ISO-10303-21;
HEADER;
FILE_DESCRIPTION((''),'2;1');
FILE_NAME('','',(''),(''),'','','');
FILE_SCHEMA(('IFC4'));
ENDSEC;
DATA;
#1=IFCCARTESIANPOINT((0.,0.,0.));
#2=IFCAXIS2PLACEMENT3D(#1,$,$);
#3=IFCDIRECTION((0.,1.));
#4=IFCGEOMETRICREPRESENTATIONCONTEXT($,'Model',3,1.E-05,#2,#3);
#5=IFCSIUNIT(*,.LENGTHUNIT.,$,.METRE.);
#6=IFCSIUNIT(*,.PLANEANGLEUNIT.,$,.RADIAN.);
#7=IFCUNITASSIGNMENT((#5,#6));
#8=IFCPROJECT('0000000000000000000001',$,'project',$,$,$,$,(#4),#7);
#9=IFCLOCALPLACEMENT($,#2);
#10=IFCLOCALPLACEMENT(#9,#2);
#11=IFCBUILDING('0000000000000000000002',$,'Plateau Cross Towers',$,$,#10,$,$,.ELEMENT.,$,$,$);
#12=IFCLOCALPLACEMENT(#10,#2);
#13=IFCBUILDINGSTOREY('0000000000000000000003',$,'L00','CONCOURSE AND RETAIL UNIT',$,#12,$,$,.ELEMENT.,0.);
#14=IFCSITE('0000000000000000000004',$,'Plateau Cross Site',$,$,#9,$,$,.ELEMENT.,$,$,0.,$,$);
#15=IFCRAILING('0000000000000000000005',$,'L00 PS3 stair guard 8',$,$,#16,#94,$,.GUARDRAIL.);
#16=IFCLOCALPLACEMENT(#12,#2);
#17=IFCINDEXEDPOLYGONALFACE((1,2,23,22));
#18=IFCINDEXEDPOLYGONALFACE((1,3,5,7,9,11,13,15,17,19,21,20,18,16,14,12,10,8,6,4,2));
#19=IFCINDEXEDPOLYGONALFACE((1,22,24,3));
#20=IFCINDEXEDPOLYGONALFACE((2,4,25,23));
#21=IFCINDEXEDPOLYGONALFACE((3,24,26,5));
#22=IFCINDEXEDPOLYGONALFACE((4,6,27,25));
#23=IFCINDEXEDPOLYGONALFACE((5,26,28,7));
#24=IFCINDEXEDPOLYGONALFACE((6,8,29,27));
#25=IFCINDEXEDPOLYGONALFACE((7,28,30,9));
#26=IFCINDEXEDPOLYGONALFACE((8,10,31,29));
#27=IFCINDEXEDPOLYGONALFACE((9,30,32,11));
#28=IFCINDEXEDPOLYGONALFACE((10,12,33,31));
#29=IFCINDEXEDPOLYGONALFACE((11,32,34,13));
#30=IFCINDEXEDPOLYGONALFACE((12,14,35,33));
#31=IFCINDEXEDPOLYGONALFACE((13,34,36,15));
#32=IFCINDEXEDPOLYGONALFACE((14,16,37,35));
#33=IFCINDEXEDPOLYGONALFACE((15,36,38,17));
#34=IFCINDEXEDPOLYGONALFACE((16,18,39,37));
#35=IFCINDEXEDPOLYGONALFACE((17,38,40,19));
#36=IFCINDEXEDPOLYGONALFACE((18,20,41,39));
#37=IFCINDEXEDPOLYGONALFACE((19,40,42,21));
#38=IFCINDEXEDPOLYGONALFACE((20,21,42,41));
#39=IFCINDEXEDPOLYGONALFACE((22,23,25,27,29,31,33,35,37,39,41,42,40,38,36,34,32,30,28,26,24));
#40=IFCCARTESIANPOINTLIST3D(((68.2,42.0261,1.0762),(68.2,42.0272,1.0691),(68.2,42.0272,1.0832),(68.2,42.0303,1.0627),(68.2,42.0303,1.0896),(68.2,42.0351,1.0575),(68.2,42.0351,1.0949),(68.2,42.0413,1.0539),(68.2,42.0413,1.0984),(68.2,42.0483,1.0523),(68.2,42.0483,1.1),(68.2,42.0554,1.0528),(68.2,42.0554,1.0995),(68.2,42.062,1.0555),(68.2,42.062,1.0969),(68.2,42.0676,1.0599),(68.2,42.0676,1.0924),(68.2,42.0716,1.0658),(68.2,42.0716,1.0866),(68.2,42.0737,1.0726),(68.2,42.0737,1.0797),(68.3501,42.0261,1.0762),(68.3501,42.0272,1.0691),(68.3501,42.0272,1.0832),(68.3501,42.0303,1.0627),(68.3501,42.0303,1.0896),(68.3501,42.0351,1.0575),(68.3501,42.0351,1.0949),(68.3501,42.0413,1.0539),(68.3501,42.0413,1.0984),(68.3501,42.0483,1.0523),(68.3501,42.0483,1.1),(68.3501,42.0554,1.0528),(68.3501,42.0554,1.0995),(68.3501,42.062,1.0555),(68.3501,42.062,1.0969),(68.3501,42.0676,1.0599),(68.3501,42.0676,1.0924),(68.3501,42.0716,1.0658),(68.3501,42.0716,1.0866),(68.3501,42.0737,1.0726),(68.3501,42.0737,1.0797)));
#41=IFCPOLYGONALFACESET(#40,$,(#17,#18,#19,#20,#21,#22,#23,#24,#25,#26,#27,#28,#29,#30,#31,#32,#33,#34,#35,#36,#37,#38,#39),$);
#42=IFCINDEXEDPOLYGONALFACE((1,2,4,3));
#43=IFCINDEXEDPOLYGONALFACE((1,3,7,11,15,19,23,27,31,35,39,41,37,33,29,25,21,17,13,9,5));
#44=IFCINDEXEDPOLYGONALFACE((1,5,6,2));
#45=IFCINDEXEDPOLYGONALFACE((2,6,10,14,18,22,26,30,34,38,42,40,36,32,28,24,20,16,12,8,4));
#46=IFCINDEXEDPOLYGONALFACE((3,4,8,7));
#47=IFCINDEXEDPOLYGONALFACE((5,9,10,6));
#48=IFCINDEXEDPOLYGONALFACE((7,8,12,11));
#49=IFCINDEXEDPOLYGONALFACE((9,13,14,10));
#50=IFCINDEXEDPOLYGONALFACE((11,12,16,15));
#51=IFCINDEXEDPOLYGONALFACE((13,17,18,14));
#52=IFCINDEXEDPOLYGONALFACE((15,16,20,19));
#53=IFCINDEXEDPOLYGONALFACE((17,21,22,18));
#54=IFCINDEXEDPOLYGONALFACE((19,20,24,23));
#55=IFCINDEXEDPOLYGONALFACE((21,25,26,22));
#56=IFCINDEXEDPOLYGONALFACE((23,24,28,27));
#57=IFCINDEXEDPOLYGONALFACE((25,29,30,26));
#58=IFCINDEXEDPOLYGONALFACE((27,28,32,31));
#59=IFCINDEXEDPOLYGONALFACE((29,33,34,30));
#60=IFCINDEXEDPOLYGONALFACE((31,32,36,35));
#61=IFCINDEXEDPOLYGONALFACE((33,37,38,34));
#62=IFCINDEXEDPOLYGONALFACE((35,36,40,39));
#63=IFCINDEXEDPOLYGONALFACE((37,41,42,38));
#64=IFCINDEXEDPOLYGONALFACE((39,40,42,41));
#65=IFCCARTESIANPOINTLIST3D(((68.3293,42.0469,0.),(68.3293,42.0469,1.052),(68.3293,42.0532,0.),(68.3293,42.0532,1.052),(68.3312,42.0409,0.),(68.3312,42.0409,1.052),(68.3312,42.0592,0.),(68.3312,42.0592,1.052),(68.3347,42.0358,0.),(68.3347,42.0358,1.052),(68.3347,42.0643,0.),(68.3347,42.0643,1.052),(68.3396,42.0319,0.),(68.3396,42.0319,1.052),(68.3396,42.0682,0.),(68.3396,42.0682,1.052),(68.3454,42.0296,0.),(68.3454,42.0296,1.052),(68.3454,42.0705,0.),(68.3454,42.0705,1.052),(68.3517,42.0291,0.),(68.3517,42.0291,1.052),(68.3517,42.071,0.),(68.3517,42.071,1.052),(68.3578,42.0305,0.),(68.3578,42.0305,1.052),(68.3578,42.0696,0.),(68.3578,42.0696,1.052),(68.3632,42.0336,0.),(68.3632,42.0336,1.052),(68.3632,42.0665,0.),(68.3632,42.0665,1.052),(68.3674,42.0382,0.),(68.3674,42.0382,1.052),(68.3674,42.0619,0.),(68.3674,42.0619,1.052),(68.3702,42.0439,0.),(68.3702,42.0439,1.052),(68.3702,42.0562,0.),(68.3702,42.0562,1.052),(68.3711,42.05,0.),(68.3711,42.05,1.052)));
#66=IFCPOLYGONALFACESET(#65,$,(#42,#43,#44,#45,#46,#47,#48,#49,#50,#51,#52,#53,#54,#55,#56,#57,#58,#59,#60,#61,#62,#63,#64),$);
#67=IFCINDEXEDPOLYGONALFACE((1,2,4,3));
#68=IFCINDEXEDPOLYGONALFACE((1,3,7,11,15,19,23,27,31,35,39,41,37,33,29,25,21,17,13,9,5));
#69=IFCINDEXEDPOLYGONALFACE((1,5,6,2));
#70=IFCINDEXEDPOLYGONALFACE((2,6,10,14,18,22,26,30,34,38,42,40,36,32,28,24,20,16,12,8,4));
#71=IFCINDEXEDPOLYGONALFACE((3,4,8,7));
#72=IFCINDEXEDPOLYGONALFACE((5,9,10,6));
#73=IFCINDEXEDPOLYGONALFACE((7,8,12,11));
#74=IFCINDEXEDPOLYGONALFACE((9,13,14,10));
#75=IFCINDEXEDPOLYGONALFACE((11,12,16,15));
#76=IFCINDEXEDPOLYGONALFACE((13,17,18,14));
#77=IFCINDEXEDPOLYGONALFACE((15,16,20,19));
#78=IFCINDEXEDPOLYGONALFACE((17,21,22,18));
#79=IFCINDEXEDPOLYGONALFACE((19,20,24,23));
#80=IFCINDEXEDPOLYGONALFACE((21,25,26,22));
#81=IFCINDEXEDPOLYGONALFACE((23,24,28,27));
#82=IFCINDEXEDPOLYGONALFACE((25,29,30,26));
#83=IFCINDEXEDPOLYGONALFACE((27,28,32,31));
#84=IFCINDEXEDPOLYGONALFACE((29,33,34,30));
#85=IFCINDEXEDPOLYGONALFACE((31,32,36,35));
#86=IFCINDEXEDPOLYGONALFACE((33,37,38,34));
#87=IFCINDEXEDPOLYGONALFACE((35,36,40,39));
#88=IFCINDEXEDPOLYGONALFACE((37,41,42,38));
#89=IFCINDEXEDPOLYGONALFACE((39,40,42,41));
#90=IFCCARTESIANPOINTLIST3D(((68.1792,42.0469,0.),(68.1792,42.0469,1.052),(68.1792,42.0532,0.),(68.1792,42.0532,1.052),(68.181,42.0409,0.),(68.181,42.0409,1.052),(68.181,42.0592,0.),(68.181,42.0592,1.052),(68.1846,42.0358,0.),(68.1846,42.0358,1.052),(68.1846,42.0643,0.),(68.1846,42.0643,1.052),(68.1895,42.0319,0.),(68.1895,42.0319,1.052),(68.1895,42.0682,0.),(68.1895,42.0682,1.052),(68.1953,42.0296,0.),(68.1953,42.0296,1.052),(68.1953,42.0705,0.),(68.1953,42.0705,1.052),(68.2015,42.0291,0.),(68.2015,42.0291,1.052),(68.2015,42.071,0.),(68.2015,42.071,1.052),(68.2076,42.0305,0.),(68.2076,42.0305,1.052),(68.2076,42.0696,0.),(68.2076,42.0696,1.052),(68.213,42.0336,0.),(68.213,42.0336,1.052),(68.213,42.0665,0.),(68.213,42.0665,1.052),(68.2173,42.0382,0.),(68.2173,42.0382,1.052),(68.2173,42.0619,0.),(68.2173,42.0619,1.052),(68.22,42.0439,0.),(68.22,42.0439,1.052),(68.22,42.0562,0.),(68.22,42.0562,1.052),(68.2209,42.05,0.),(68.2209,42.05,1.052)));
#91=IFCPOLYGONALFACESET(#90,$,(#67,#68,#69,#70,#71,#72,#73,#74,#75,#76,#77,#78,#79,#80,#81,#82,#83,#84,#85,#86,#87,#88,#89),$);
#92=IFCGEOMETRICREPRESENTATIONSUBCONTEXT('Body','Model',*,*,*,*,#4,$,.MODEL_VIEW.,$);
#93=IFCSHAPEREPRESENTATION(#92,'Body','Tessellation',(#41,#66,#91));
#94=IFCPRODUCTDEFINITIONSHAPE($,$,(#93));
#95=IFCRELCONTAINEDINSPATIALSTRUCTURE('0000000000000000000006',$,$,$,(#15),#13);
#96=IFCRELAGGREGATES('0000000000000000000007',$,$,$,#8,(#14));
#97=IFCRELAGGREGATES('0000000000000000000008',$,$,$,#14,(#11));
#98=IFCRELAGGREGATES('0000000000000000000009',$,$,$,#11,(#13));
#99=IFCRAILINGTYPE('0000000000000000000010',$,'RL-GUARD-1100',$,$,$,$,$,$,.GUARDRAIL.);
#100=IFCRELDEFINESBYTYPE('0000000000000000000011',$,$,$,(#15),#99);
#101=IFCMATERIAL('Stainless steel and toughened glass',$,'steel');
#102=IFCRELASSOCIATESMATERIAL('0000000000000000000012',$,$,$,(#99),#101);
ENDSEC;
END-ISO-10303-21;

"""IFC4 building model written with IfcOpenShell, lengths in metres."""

from ifc_helpers import new_model, si_unit, direction, frame, origin, origin_2d, place, context, subcontext, project, spatial, circle, extrude, material, type_object, element, save


model = new_model("IFC4")

# Units and contexts
model_context = context("Model", 3, precision=1e-05, world=origin(), true_north=direction((0.0, 1.0)))
body_context = subcontext(model_context, "Body", "Model", "MODEL_VIEW")
ifc_project = project(units=[si_unit("LENGTHUNIT", "METRE"), si_unit("PLANEANGLEUNIT", "RADIAN")], contexts=[model_context])

# Site, building, storey
site_placement = place(None, origin())
site = spatial("IfcSite", under=ifc_project, at=site_placement, Name="Plateau Cross Site", CompositionType="ELEMENT", RefElevation=0.0)
building_placement = place(site_placement, origin())
building = spatial("IfcBuilding", under=site, at=building_placement, Name="Plateau Cross Towers", CompositionType="ELEMENT")
storey_placement = place(building_placement, origin())
storey = spatial("IfcBuildingStorey", under=building, at=storey_placement, Name="L00", Description="CONCOURSE AND RETAIL UNIT", CompositionType="ELEMENT", Elevation=0.0)

# Railing
ifc_material_1 = material(Name="Stainless steel and toughened glass", Category="steel")
railing_type_1 = type_object("IfcRailingType", Name="RL-GUARD-1100", PredefinedType="GUARDRAIL", material=ifc_material_1)
railing_1_placement = place(storey_placement, frame((68.3501, 42.05, 0.0)))
element("IfcRailing", 1, at=railing_1_placement, inside=storey, type_object=railing_type_1, Name="L00 PS3 stair guard 8", PredefinedType="GUARDRAIL", context=body_context, shape_type="SweptSolid", body=[
    extrude(circle(Radius=0.0239, at=origin_2d()), frame((0.0, 0.0, 1.0762), z_axis=(-1.0, 0.0, 0.0), x_axis=(0.0, -1.0, 0.0)), (0.0, 0.0, 1.0), 0.1501),
    extrude(circle(Radius=0.021, at=origin_2d()), origin(), (0.0, 0.0, 1.0), 1.052),
    extrude(circle(Radius=0.021, at=origin_2d()), frame((-0.1501, 0.0, 0.0)), (0.0, 0.0, 1.0), 1.052),
])

save(model, "model.ifc")
